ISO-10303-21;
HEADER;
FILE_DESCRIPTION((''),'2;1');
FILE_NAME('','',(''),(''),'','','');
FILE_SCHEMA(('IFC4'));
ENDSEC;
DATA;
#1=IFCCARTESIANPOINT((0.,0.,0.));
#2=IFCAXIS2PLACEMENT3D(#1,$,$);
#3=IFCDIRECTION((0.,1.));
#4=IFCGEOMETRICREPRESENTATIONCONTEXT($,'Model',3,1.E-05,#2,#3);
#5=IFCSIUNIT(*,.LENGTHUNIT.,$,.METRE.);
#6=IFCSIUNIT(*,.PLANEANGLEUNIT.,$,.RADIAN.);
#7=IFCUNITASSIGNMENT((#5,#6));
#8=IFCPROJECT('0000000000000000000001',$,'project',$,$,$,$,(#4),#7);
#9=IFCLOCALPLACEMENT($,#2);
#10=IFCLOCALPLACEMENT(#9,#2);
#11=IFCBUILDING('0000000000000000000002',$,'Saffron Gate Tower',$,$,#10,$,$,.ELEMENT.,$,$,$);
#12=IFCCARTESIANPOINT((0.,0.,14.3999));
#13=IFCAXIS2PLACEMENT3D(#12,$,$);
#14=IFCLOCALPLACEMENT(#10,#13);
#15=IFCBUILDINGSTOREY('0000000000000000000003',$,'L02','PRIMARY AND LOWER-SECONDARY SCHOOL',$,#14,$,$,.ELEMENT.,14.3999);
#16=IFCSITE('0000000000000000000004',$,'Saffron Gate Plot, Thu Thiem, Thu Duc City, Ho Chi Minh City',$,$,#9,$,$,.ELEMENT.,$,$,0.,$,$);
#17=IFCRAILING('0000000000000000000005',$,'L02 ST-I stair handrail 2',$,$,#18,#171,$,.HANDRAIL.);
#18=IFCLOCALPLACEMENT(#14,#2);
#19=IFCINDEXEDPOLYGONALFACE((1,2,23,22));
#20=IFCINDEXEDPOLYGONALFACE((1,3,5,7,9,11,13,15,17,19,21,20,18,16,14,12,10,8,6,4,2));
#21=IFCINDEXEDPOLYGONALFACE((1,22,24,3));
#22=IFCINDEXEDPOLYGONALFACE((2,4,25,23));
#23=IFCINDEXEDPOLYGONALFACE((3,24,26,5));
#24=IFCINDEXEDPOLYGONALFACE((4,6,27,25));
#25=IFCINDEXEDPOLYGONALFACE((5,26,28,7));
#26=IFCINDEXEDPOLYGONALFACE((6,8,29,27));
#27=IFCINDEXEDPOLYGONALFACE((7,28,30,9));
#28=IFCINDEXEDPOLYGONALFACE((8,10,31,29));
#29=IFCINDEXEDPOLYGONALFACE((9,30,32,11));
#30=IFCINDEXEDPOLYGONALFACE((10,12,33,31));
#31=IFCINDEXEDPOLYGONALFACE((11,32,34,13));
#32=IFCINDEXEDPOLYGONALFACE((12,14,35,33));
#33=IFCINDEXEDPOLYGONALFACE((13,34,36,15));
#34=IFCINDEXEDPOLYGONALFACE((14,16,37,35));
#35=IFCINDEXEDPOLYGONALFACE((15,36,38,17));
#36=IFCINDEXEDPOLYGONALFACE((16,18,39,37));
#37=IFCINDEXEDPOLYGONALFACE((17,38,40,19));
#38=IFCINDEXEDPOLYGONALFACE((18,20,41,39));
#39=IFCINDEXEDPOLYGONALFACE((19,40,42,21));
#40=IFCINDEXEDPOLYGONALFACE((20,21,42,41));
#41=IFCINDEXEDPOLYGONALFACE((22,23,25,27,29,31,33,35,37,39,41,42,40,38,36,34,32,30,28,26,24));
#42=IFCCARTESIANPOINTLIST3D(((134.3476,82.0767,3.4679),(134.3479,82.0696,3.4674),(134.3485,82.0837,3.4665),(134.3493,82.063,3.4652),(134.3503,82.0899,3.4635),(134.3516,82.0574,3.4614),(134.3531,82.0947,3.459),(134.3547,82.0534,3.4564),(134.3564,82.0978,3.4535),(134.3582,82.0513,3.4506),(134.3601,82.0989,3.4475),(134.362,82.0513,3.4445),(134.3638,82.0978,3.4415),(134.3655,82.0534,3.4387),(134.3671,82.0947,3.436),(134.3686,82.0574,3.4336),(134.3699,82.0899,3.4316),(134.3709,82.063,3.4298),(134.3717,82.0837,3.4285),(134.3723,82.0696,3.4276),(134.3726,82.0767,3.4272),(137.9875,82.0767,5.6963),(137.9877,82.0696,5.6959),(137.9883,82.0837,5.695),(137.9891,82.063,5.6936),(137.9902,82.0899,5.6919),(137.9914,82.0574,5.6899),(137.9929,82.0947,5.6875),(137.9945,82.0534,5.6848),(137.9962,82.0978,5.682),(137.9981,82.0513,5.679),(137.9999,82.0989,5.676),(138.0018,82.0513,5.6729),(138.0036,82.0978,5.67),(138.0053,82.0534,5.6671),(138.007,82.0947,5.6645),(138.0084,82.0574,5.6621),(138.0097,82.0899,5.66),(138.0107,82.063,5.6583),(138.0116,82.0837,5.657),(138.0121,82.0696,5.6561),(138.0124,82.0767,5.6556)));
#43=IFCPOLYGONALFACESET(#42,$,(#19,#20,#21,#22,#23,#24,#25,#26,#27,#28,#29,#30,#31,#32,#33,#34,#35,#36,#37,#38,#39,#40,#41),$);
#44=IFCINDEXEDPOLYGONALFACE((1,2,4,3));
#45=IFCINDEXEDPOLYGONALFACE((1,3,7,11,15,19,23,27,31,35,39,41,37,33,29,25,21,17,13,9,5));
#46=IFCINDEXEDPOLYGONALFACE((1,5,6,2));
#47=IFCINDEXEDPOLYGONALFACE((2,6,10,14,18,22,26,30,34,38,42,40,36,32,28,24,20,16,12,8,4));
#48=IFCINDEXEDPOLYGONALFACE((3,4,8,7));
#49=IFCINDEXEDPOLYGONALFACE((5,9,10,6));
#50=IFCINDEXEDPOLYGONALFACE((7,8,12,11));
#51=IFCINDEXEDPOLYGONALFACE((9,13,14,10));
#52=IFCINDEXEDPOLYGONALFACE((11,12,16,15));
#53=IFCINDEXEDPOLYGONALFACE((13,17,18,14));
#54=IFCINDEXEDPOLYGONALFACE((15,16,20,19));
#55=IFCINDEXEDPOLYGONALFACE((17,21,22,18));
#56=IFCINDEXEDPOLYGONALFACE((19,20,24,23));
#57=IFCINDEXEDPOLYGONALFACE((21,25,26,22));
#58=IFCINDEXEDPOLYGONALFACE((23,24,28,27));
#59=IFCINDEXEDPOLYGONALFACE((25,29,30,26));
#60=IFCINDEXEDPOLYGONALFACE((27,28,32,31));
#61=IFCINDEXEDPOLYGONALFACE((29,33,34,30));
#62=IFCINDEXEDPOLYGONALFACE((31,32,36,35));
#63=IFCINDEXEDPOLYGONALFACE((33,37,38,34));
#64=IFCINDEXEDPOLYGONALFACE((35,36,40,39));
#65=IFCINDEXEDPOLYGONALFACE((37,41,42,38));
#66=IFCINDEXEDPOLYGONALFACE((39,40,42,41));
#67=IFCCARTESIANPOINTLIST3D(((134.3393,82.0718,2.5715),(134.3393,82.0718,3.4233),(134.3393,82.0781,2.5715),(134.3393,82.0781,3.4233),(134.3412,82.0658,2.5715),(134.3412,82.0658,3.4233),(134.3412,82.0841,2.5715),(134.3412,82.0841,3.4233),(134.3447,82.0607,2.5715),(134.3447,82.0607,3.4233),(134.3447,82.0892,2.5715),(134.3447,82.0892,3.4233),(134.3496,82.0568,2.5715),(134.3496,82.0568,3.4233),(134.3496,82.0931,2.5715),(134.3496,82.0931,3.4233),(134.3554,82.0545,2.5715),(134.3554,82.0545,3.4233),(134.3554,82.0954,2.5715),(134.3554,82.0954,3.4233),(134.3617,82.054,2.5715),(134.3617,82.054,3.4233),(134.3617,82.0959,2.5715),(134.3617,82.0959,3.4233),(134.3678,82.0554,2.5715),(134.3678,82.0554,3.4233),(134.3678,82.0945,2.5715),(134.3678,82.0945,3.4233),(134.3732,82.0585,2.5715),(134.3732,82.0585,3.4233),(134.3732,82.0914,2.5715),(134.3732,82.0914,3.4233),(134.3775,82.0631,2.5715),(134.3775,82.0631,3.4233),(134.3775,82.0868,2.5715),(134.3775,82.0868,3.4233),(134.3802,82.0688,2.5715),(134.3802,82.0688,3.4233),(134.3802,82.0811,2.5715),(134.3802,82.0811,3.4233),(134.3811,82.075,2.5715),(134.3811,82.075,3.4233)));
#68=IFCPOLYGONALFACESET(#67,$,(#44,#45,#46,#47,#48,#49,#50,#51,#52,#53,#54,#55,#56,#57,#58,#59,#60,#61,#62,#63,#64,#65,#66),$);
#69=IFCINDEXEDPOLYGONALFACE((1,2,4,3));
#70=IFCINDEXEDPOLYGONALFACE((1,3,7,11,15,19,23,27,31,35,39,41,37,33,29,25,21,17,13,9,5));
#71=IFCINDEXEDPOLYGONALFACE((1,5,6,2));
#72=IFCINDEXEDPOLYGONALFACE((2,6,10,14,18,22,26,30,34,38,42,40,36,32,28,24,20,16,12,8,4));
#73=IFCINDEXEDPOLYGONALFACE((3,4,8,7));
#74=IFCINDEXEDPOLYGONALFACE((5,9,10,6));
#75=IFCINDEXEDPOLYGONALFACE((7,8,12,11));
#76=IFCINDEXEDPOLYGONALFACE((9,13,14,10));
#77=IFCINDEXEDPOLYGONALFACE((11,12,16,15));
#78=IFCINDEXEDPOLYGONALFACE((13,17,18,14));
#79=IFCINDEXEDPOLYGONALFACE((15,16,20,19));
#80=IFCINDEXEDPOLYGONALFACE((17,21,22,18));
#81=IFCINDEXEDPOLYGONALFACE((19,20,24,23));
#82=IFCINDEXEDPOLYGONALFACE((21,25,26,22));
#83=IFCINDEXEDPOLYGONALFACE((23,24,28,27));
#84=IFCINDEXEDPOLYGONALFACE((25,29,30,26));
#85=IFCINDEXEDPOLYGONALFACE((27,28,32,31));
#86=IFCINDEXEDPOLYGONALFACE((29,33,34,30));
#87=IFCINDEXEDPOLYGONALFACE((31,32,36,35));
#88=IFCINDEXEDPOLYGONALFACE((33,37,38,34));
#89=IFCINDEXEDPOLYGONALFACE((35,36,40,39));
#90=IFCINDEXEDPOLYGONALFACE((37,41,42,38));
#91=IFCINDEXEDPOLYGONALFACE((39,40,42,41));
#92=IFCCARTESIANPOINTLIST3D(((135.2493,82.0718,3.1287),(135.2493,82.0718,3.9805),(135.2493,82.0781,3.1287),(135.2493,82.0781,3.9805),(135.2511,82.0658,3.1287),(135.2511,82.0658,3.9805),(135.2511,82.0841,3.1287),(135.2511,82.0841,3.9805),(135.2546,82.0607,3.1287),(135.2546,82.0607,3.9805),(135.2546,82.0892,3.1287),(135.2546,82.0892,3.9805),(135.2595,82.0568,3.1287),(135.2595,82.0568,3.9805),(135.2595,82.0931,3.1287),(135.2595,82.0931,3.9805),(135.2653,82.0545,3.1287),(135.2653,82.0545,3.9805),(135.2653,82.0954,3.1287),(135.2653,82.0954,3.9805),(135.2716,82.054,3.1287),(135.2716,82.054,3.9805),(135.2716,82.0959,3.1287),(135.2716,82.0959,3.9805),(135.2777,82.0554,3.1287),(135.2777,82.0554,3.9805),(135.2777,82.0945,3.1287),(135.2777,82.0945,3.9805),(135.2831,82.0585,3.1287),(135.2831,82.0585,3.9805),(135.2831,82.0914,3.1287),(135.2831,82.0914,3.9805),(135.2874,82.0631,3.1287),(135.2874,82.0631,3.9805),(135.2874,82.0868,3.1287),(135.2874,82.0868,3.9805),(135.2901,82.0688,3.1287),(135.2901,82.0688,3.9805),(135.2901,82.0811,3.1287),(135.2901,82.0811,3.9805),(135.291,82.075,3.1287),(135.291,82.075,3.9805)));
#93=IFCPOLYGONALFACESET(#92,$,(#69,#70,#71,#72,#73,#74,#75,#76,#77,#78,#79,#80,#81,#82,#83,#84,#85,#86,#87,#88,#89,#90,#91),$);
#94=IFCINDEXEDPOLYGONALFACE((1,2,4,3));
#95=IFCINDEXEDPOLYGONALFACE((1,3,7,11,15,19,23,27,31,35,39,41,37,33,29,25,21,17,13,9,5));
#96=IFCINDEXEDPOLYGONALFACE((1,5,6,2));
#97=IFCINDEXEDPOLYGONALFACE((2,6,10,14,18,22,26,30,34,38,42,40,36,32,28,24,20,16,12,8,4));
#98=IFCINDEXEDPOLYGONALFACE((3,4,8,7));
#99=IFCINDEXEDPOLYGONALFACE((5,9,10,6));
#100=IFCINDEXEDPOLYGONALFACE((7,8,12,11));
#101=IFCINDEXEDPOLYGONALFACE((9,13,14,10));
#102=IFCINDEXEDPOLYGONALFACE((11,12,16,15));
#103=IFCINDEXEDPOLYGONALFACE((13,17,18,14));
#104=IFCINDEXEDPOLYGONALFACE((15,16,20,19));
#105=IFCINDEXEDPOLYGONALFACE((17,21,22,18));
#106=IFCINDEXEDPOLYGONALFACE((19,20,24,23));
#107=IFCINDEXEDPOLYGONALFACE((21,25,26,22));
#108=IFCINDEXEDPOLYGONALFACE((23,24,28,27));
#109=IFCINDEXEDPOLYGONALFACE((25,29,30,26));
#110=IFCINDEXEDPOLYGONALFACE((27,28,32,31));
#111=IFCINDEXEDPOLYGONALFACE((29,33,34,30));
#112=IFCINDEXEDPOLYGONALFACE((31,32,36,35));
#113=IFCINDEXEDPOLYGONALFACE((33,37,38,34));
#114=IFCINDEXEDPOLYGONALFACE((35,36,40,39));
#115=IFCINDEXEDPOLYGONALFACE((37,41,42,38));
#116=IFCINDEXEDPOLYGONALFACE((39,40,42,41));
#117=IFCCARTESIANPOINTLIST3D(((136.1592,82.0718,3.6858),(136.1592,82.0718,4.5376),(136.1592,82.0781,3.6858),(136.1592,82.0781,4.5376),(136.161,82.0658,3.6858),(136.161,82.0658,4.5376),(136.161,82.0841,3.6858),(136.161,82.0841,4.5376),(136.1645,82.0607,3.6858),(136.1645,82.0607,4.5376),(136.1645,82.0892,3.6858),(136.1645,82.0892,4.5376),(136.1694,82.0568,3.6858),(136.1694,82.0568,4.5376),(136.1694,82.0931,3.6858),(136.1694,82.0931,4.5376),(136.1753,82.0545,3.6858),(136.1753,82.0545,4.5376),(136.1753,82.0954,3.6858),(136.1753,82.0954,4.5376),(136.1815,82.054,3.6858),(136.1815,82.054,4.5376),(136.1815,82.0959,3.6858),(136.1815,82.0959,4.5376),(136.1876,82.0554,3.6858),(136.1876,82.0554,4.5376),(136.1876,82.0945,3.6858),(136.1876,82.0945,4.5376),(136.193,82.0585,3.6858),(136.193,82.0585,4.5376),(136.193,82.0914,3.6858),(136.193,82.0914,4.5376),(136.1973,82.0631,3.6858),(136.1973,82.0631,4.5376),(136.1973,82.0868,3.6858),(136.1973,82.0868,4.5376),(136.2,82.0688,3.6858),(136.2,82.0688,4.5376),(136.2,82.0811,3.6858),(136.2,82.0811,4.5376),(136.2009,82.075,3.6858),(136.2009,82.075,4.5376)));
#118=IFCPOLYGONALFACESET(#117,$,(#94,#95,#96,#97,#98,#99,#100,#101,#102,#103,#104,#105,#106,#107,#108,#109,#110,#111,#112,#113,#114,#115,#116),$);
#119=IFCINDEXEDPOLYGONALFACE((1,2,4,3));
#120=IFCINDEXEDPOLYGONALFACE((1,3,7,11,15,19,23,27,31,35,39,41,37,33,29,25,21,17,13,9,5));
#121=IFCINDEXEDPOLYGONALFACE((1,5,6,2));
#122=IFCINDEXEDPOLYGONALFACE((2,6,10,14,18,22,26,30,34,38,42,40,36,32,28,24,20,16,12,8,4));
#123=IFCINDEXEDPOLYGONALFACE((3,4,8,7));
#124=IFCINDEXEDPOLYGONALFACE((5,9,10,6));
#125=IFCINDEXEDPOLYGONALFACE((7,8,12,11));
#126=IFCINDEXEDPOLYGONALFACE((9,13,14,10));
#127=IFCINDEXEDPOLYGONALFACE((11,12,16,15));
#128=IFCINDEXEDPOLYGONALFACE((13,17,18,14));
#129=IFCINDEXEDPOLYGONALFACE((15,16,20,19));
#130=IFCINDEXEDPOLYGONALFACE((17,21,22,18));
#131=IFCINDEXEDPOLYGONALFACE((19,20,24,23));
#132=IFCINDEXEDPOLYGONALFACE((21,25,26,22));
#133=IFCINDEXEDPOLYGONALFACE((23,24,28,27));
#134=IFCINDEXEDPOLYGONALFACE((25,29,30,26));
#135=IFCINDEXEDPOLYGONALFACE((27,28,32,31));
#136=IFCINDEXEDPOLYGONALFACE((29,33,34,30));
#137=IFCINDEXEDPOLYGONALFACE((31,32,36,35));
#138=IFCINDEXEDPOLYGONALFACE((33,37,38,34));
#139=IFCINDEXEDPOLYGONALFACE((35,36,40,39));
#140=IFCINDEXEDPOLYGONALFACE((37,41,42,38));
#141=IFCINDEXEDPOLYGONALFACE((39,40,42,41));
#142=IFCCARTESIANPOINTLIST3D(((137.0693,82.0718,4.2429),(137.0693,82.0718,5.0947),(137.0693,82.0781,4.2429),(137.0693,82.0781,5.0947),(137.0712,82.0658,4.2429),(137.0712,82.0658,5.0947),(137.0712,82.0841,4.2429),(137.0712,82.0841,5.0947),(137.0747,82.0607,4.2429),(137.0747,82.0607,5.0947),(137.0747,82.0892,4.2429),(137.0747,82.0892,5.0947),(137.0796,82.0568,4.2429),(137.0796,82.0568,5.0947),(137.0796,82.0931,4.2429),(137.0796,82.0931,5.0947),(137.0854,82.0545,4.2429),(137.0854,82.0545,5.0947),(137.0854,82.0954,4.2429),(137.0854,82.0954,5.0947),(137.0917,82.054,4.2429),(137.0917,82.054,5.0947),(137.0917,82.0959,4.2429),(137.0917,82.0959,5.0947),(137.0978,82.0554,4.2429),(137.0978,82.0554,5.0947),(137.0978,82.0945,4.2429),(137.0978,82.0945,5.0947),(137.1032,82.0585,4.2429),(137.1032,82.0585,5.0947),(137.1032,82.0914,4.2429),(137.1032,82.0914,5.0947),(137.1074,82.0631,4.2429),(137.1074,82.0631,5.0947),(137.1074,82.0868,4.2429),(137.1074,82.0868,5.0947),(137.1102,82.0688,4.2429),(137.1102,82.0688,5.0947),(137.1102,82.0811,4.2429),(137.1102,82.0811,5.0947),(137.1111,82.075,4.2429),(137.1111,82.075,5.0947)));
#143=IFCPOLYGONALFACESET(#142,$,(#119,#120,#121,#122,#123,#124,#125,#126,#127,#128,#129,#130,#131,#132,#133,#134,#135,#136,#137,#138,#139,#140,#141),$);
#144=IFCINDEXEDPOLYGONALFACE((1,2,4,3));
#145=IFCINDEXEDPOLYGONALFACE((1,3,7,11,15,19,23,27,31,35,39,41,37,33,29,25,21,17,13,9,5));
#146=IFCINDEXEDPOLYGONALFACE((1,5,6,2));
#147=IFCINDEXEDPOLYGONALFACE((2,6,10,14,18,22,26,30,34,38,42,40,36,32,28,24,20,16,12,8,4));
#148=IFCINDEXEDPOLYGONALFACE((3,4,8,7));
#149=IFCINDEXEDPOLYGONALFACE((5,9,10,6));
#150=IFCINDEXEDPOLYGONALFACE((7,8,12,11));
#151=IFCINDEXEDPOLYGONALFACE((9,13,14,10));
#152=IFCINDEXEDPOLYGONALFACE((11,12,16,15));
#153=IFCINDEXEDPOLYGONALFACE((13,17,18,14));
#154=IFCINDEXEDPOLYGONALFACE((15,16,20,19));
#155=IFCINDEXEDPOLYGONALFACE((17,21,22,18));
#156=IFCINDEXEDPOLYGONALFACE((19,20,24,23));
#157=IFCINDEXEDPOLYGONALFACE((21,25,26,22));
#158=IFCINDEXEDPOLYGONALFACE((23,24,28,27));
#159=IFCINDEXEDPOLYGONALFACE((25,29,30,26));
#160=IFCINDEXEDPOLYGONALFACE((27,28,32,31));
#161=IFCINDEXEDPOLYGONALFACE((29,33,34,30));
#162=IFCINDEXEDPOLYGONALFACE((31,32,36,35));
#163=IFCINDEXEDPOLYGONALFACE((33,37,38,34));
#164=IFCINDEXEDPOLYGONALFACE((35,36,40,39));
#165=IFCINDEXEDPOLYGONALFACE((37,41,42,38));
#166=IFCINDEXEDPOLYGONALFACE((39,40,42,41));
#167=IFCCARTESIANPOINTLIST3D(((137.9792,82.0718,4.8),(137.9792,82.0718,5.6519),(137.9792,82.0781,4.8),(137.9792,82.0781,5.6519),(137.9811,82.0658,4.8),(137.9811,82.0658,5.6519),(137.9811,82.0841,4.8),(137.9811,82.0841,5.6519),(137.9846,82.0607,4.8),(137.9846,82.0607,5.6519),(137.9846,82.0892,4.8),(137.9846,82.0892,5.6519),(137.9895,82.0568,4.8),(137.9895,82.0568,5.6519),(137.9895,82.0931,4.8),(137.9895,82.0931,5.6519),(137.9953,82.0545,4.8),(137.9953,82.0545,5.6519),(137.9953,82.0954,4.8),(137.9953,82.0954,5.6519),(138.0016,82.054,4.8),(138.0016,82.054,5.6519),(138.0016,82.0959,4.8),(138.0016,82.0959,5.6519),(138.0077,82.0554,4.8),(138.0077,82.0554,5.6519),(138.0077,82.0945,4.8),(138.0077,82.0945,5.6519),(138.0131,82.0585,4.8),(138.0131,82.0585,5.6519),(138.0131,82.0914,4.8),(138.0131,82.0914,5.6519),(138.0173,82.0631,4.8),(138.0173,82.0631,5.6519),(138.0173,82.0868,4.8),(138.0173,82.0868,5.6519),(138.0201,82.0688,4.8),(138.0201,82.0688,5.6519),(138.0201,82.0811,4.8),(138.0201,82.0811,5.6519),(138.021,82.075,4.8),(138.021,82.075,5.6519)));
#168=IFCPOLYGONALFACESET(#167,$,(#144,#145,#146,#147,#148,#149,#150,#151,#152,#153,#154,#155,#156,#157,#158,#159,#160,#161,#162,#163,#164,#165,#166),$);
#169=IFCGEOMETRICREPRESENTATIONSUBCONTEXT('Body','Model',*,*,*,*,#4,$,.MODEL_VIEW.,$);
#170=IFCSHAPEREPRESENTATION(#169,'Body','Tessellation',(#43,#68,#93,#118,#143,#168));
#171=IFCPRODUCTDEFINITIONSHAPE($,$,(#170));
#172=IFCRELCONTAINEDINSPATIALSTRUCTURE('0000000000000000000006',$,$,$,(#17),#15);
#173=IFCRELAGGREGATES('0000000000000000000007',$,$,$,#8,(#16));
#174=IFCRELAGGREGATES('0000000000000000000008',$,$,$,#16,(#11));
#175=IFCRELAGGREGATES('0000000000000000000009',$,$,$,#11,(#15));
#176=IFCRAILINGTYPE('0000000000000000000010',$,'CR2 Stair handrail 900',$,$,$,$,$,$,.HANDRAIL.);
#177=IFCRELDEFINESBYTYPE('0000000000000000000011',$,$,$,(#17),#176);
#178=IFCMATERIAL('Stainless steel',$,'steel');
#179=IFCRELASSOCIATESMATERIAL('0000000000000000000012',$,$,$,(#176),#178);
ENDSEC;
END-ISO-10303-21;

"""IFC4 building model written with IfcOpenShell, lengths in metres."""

from ifc_helpers import new_model, si_unit, direction, frame, origin, origin_2d, place, context, subcontext, project, spatial, circle, extrude, material, type_object, element, save


model = new_model("IFC4")

# Units and contexts
model_context = context("Model", 3, precision=1e-05, world=origin(), true_north=direction((0.0, 1.0)))
body_context = subcontext(model_context, "Body", "Model", "MODEL_VIEW")
ifc_project = project(units=[si_unit("LENGTHUNIT", "METRE"), si_unit("PLANEANGLEUNIT", "RADIAN")], contexts=[model_context])

# Site, building, storey
site_placement = place(None, origin())
site = spatial("IfcSite", under=ifc_project, at=site_placement, Name="Saffron Gate Plot, Thu Thiem, Thu Duc City, Ho Chi Minh City", CompositionType="ELEMENT", RefElevation=0.0)
building_placement = place(site_placement, origin())
building = spatial("IfcBuilding", under=site, at=building_placement, Name="Saffron Gate Tower", CompositionType="ELEMENT")
storey_placement = place(building_placement, frame((0.0, 0.0, 14.3999)))
storey = spatial("IfcBuildingStorey", under=building, at=storey_placement, Name="L02", Description="PRIMARY AND LOWER-SECONDARY SCHOOL", CompositionType="ELEMENT", Elevation=14.3999)

# Railing
ifc_material_1 = material(Name="Stainless steel", Category="steel")
railing_type_1 = type_object("IfcRailingType", Name="CR2 Stair handrail 900", PredefinedType="HANDRAIL", material=ifc_material_1)
railing_1_placement = place(storey_placement, frame((134.3601, 82.075, 2.5715)))
element("IfcRailing", 1, at=railing_1_placement, inside=storey, type_object=railing_type_1, Name="L02 ST-I stair handrail 2", PredefinedType="HANDRAIL", context=body_context, shape_type="SweptSolid", body=[
    extrude(circle(Radius=0.0239, at=origin_2d()), frame((0.0, 0.0, 0.876), z_axis=(0.85285, 0.0, 0.522156), x_axis=(0.0, 1.0, 0.0)), (0.0, 0.0, 1.0), 4.2678),
    extrude(circle(Radius=0.021, at=origin_2d()), origin(), (0.0, 0.0, 1.0), 0.8518),
    extrude(circle(Radius=0.021, at=origin_2d()), frame((0.9099, 0.0, 0.5571)), (0.0, 0.0, 1.0), 0.8518),
    extrude(circle(Radius=0.021, at=origin_2d()), frame((1.8198, 0.0, 1.1143)), (0.0, 0.0, 1.0), 0.8518),
    extrude(circle(Radius=0.021, at=origin_2d()), frame((2.73, 0.0, 1.6714)), (0.0, 0.0, 1.0), 0.8518),
    extrude(circle(Radius=0.021, at=origin_2d()), frame((3.6399, 0.0, 2.2285)), (0.0, 0.0, 1.0), 0.8518),
])

save(model, "model.ifc")
